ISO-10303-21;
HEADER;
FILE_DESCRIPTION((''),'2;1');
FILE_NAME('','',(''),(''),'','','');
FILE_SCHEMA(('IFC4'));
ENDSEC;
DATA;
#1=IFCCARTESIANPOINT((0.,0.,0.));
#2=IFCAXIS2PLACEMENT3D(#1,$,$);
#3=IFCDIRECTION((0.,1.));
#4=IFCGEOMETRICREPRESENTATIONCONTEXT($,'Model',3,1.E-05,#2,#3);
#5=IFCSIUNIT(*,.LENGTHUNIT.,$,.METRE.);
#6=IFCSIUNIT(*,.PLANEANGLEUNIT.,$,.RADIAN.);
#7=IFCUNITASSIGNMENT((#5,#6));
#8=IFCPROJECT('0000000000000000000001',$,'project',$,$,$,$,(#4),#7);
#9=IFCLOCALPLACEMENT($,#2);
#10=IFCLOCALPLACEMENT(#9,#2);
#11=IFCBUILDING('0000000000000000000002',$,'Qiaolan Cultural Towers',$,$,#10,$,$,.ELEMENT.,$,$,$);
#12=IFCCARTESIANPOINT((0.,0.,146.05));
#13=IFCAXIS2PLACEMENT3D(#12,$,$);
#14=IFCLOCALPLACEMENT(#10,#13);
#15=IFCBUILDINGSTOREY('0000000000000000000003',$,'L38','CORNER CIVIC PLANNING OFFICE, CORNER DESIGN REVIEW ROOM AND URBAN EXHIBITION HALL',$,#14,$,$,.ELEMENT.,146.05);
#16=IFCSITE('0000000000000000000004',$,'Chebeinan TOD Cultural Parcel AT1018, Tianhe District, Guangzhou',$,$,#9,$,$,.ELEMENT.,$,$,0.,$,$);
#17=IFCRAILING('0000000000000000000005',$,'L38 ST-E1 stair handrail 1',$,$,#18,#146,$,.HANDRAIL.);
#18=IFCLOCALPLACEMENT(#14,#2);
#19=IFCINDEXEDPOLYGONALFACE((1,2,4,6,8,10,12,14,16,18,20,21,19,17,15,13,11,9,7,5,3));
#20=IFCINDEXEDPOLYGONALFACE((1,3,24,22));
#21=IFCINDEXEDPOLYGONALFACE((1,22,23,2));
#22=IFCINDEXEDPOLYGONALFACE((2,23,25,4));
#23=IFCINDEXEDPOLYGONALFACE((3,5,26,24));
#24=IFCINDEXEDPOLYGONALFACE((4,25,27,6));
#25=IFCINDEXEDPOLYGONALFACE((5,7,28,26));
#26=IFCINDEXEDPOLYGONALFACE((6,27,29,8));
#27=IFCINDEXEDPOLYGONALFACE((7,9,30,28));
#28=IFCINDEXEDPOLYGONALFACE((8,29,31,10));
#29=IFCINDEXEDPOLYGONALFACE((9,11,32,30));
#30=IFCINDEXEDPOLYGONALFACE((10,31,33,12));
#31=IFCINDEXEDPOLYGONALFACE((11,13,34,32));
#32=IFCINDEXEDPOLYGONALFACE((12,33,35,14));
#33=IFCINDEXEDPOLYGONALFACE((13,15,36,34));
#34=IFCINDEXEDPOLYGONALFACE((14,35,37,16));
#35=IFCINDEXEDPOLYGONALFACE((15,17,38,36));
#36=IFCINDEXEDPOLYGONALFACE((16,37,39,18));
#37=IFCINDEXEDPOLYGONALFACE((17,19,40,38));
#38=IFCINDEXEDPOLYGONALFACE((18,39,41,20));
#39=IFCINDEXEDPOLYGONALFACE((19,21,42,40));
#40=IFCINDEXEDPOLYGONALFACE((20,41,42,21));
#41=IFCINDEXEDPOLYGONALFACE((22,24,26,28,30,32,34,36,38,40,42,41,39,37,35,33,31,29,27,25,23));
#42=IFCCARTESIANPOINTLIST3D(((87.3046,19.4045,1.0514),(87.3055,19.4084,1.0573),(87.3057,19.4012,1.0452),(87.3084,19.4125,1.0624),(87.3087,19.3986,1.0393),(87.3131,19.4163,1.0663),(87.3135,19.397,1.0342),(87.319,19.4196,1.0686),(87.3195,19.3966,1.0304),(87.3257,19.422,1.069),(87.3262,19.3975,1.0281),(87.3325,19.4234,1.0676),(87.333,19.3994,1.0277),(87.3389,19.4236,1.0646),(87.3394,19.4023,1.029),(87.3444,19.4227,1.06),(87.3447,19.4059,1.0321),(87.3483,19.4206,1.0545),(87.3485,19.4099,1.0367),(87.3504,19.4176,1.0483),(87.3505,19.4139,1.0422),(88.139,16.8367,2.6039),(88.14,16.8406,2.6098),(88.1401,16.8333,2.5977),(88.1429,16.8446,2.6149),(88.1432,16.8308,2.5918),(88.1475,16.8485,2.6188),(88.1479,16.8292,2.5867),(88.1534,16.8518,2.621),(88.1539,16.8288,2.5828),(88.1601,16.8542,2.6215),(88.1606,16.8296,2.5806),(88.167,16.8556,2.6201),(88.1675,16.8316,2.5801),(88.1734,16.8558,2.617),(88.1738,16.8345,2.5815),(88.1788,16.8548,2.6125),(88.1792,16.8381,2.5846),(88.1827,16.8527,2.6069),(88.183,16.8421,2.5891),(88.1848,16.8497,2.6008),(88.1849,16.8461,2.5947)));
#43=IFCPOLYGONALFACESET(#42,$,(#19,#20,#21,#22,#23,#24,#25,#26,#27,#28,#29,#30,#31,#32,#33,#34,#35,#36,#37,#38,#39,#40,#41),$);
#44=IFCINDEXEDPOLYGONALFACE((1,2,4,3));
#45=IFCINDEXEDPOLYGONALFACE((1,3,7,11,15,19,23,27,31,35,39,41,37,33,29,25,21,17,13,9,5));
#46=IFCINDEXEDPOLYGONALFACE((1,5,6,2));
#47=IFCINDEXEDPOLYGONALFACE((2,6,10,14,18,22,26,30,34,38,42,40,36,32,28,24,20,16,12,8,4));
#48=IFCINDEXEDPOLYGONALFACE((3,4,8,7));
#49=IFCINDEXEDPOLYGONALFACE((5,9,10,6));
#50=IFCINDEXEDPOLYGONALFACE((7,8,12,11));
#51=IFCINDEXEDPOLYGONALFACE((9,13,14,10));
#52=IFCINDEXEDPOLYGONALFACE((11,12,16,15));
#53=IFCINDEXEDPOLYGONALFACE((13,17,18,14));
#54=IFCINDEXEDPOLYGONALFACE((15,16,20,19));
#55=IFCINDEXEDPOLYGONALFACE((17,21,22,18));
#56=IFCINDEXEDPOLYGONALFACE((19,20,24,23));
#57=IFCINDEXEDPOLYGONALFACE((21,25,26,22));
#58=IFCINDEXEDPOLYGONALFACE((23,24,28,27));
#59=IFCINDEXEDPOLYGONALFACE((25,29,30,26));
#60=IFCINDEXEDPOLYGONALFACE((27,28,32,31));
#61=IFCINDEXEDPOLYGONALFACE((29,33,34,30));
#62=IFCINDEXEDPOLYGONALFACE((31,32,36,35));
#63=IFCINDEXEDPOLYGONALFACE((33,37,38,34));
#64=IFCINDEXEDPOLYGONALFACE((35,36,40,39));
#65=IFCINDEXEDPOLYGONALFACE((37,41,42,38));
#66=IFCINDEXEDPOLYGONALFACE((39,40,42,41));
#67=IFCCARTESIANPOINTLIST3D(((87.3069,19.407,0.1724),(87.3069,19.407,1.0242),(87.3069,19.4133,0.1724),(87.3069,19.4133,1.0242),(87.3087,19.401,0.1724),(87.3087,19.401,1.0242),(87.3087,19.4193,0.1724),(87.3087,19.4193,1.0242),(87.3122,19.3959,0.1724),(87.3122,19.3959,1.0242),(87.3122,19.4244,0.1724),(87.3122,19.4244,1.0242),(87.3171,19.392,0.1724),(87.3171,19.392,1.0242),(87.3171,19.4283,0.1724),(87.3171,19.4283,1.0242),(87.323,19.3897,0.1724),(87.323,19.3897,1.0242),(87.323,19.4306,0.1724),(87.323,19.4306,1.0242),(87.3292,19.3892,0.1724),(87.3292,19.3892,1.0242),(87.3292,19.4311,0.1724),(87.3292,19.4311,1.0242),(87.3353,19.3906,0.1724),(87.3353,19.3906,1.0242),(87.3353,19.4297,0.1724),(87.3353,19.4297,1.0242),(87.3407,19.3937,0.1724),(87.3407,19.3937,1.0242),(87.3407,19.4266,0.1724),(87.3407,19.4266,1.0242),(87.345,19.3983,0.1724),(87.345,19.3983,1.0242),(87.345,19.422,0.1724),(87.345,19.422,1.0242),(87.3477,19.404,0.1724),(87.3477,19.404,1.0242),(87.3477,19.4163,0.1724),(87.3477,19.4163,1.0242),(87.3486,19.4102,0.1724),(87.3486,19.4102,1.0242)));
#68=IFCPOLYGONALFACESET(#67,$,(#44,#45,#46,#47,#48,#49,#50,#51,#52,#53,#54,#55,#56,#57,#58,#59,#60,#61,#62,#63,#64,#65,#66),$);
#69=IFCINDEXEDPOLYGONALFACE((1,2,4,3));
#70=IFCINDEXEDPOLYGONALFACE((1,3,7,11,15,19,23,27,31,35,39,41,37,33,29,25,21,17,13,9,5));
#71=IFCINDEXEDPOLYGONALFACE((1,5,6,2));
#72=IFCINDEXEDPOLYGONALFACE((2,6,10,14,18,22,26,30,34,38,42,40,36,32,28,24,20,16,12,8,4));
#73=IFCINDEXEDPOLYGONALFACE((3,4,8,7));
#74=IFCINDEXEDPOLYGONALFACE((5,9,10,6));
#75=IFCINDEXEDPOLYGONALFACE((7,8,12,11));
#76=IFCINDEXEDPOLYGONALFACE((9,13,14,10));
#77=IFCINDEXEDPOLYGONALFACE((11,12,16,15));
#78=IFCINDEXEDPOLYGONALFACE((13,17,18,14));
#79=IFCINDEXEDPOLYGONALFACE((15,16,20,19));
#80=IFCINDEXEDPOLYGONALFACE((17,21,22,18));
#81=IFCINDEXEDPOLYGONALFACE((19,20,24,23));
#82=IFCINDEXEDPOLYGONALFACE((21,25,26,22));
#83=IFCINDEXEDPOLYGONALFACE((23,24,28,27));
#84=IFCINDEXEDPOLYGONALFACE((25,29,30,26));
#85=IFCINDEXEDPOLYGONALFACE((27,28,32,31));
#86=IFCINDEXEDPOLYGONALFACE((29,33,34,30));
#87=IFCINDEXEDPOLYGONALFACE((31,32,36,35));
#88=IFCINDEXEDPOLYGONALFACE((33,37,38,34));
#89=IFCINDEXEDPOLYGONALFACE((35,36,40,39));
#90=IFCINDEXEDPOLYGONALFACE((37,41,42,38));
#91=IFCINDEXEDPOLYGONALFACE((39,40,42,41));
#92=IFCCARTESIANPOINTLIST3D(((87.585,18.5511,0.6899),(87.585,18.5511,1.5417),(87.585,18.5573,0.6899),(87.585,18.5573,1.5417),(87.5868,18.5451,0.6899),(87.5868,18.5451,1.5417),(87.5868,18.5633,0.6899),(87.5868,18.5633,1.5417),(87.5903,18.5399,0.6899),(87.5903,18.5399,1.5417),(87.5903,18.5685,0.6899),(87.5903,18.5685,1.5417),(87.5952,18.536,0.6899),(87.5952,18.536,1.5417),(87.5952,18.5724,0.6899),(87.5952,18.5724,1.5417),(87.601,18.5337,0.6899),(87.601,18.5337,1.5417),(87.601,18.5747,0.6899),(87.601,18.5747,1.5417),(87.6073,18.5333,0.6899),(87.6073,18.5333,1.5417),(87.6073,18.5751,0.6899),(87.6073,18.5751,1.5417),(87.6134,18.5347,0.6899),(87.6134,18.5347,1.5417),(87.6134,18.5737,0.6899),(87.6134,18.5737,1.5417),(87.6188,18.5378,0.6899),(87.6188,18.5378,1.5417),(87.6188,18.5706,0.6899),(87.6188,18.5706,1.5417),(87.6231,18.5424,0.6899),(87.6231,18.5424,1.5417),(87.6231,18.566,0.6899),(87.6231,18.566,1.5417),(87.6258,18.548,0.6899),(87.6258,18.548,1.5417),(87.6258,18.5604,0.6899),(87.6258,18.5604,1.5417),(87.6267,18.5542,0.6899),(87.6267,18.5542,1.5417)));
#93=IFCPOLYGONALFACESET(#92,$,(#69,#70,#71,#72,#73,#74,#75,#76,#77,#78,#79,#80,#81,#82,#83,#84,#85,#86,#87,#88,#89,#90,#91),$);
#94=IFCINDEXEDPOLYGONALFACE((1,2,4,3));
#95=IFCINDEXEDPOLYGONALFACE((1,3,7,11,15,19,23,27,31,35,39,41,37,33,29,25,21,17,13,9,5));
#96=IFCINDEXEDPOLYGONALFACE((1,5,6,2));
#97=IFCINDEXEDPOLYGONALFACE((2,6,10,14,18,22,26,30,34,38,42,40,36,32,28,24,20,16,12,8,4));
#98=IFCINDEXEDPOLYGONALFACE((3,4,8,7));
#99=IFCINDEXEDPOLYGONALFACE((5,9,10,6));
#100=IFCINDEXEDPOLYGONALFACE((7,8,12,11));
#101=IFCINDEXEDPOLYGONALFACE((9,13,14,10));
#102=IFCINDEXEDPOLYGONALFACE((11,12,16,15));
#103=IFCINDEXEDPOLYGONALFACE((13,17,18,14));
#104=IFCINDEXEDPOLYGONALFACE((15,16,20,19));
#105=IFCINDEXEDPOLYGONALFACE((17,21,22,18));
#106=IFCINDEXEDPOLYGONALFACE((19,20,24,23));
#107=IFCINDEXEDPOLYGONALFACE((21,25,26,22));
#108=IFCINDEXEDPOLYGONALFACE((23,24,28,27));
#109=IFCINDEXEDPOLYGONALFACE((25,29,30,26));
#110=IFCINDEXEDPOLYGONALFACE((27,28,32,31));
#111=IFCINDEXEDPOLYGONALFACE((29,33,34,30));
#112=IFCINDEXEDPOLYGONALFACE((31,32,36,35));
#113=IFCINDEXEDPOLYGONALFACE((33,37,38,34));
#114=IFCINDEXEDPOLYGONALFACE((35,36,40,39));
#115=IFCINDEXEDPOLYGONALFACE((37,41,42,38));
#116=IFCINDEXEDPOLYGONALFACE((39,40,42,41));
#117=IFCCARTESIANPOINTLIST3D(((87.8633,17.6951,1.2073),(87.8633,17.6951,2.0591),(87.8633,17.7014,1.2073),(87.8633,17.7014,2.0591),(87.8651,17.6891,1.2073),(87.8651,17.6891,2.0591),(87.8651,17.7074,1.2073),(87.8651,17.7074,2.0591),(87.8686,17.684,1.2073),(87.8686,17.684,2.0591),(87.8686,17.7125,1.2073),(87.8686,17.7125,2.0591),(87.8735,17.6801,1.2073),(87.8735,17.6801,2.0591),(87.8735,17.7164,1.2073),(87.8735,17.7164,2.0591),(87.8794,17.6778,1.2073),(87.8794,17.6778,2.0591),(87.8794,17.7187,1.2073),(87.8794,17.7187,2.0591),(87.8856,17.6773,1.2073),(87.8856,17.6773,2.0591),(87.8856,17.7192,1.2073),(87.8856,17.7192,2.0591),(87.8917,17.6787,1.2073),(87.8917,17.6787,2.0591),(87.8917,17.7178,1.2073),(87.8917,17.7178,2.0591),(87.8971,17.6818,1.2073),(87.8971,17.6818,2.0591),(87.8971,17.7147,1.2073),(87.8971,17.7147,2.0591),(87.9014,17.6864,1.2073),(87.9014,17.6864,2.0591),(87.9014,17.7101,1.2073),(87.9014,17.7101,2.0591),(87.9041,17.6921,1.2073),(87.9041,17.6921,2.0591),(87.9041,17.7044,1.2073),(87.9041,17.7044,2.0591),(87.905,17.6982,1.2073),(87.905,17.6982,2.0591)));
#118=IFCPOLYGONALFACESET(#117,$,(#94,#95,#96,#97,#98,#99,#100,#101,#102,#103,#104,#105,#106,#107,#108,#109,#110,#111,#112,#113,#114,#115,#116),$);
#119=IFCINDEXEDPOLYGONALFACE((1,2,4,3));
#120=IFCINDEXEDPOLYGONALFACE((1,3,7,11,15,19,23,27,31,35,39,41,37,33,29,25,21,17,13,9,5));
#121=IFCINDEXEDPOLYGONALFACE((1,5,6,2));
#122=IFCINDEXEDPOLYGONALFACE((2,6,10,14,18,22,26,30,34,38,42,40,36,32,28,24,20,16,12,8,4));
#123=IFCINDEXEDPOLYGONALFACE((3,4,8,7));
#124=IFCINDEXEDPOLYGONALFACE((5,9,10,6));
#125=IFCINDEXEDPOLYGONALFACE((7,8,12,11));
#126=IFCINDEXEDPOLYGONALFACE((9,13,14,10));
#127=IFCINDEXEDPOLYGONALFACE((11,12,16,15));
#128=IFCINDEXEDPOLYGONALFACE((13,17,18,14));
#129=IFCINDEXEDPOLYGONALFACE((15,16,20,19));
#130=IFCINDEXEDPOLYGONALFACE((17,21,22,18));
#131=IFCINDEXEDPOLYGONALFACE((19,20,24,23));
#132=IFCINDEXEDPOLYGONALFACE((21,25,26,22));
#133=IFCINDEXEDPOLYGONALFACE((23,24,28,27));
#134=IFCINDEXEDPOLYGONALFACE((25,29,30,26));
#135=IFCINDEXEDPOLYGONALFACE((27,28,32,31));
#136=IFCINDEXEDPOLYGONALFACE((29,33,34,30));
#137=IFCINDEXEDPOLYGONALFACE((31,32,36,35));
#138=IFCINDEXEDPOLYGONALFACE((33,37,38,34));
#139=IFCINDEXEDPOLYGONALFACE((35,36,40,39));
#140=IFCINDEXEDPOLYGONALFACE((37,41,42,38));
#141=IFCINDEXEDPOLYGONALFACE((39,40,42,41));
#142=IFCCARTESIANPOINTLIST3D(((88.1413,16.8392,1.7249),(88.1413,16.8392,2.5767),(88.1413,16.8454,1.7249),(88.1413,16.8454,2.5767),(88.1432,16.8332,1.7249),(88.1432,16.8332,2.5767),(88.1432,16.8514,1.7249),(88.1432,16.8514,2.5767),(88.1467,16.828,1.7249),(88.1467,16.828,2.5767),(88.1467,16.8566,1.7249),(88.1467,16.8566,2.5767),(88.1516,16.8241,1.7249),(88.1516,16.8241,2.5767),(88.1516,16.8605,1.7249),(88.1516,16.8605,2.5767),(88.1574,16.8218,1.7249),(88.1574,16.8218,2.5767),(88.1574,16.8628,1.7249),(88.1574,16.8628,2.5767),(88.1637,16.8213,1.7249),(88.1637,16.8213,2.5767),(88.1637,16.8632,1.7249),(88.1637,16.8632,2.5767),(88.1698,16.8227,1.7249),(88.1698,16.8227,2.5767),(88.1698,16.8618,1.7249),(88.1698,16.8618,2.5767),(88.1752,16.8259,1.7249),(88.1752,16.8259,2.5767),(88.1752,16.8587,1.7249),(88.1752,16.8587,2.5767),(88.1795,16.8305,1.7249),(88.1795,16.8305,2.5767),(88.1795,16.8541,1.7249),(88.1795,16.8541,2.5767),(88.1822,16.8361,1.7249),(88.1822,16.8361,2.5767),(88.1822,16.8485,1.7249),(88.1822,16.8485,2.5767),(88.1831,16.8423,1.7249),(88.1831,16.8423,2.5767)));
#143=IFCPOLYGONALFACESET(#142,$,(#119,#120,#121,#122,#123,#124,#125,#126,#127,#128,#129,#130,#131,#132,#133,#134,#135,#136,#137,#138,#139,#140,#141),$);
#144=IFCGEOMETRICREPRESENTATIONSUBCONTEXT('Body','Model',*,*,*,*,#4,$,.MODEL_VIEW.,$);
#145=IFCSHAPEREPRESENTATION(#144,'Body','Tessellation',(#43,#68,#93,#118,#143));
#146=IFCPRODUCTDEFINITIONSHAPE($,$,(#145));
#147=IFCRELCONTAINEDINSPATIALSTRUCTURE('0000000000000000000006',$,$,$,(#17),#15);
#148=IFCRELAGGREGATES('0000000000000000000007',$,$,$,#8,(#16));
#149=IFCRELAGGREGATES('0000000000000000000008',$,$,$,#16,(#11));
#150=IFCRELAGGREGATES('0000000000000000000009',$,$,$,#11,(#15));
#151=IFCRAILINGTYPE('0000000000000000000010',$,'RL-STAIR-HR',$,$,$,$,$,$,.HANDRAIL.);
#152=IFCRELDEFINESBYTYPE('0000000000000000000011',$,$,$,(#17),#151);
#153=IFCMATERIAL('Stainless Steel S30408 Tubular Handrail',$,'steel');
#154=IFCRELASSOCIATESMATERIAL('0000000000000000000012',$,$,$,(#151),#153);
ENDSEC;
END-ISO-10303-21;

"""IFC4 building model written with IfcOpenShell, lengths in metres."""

from ifc_helpers import new_model, si_unit, direction, frame, origin, origin_2d, place, context, subcontext, project, spatial, circle, extrude, material, type_object, element, save


model = new_model("IFC4")

# Units and contexts
model_context = context("Model", 3, precision=1e-05, world=origin(), true_north=direction((0.0, 1.0)))
body_context = subcontext(model_context, "Body", "Model", "MODEL_VIEW")
ifc_project = project(units=[si_unit("LENGTHUNIT", "METRE"), si_unit("PLANEANGLEUNIT", "RADIAN")], contexts=[model_context])

# Site, building, storey
site_placement = place(None, origin())
site = spatial("IfcSite", under=ifc_project, at=site_placement, Name="Chebeinan TOD Cultural Parcel AT1018, Tianhe District, Guangzhou", CompositionType="ELEMENT", RefElevation=0.0)
building_placement = place(site_placement, origin())
building = spatial("IfcBuilding", under=site, at=building_placement, Name="Qiaolan Cultural Towers", CompositionType="ELEMENT")
storey_placement = place(building_placement, frame((0.0, 0.0, 146.05)))
storey = spatial("IfcBuildingStorey", under=building, at=storey_placement, Name="L38", Description="CORNER CIVIC PLANNING OFFICE, CORNER DESIGN REVIEW ROOM AND URBAN EXHIBITION HALL", CompositionType="ELEMENT", Elevation=146.05)

# Railing
ifc_material_1 = material(Name="Stainless Steel S30408 Tubular Handrail", Category="steel")
railing_type_1 = type_object("IfcRailingType", Name="RL-STAIR-HR", PredefinedType="HANDRAIL", material=ifc_material_1)
railing_1_placement = place(storey_placement, frame((87.3276, 19.4102, 0.1724)))
element("IfcRailing", 1, at=railing_1_placement, inside=storey, type_object=railing_type_1, Name="L38 ST-E1 stair handrail 1", PredefinedType="HANDRAIL", context=body_context, shape_type="SweptSolid", body=[
    extrude(circle(Radius=0.0239, at=origin_2d()), frame((0.0, 0.0, 0.876), z_axis=(0.267926, -0.824471, 0.498461), x_axis=(0.951043, 0.309057, 0.0)), (0.0, 0.0, 1.0), 3.1145),
    extrude(circle(Radius=0.021, at=origin_2d()), origin(), (0.0, 0.0, 1.0), 0.8518),
    extrude(circle(Radius=0.021, at=origin_2d()), frame((0.2781, -0.856, 0.5176)), (0.0, 0.0, 1.0), 0.8518),
    extrude(circle(Radius=0.021, at=origin_2d()), frame((0.5564, -1.7119, 1.0349)), (0.0, 0.0, 1.0), 0.8518),
    extrude(circle(Radius=0.021, at=origin_2d()), frame((0.8345, -2.5679, 1.5525)), (0.0, 0.0, 1.0), 0.8518),
])

save(model, "model.ifc")
